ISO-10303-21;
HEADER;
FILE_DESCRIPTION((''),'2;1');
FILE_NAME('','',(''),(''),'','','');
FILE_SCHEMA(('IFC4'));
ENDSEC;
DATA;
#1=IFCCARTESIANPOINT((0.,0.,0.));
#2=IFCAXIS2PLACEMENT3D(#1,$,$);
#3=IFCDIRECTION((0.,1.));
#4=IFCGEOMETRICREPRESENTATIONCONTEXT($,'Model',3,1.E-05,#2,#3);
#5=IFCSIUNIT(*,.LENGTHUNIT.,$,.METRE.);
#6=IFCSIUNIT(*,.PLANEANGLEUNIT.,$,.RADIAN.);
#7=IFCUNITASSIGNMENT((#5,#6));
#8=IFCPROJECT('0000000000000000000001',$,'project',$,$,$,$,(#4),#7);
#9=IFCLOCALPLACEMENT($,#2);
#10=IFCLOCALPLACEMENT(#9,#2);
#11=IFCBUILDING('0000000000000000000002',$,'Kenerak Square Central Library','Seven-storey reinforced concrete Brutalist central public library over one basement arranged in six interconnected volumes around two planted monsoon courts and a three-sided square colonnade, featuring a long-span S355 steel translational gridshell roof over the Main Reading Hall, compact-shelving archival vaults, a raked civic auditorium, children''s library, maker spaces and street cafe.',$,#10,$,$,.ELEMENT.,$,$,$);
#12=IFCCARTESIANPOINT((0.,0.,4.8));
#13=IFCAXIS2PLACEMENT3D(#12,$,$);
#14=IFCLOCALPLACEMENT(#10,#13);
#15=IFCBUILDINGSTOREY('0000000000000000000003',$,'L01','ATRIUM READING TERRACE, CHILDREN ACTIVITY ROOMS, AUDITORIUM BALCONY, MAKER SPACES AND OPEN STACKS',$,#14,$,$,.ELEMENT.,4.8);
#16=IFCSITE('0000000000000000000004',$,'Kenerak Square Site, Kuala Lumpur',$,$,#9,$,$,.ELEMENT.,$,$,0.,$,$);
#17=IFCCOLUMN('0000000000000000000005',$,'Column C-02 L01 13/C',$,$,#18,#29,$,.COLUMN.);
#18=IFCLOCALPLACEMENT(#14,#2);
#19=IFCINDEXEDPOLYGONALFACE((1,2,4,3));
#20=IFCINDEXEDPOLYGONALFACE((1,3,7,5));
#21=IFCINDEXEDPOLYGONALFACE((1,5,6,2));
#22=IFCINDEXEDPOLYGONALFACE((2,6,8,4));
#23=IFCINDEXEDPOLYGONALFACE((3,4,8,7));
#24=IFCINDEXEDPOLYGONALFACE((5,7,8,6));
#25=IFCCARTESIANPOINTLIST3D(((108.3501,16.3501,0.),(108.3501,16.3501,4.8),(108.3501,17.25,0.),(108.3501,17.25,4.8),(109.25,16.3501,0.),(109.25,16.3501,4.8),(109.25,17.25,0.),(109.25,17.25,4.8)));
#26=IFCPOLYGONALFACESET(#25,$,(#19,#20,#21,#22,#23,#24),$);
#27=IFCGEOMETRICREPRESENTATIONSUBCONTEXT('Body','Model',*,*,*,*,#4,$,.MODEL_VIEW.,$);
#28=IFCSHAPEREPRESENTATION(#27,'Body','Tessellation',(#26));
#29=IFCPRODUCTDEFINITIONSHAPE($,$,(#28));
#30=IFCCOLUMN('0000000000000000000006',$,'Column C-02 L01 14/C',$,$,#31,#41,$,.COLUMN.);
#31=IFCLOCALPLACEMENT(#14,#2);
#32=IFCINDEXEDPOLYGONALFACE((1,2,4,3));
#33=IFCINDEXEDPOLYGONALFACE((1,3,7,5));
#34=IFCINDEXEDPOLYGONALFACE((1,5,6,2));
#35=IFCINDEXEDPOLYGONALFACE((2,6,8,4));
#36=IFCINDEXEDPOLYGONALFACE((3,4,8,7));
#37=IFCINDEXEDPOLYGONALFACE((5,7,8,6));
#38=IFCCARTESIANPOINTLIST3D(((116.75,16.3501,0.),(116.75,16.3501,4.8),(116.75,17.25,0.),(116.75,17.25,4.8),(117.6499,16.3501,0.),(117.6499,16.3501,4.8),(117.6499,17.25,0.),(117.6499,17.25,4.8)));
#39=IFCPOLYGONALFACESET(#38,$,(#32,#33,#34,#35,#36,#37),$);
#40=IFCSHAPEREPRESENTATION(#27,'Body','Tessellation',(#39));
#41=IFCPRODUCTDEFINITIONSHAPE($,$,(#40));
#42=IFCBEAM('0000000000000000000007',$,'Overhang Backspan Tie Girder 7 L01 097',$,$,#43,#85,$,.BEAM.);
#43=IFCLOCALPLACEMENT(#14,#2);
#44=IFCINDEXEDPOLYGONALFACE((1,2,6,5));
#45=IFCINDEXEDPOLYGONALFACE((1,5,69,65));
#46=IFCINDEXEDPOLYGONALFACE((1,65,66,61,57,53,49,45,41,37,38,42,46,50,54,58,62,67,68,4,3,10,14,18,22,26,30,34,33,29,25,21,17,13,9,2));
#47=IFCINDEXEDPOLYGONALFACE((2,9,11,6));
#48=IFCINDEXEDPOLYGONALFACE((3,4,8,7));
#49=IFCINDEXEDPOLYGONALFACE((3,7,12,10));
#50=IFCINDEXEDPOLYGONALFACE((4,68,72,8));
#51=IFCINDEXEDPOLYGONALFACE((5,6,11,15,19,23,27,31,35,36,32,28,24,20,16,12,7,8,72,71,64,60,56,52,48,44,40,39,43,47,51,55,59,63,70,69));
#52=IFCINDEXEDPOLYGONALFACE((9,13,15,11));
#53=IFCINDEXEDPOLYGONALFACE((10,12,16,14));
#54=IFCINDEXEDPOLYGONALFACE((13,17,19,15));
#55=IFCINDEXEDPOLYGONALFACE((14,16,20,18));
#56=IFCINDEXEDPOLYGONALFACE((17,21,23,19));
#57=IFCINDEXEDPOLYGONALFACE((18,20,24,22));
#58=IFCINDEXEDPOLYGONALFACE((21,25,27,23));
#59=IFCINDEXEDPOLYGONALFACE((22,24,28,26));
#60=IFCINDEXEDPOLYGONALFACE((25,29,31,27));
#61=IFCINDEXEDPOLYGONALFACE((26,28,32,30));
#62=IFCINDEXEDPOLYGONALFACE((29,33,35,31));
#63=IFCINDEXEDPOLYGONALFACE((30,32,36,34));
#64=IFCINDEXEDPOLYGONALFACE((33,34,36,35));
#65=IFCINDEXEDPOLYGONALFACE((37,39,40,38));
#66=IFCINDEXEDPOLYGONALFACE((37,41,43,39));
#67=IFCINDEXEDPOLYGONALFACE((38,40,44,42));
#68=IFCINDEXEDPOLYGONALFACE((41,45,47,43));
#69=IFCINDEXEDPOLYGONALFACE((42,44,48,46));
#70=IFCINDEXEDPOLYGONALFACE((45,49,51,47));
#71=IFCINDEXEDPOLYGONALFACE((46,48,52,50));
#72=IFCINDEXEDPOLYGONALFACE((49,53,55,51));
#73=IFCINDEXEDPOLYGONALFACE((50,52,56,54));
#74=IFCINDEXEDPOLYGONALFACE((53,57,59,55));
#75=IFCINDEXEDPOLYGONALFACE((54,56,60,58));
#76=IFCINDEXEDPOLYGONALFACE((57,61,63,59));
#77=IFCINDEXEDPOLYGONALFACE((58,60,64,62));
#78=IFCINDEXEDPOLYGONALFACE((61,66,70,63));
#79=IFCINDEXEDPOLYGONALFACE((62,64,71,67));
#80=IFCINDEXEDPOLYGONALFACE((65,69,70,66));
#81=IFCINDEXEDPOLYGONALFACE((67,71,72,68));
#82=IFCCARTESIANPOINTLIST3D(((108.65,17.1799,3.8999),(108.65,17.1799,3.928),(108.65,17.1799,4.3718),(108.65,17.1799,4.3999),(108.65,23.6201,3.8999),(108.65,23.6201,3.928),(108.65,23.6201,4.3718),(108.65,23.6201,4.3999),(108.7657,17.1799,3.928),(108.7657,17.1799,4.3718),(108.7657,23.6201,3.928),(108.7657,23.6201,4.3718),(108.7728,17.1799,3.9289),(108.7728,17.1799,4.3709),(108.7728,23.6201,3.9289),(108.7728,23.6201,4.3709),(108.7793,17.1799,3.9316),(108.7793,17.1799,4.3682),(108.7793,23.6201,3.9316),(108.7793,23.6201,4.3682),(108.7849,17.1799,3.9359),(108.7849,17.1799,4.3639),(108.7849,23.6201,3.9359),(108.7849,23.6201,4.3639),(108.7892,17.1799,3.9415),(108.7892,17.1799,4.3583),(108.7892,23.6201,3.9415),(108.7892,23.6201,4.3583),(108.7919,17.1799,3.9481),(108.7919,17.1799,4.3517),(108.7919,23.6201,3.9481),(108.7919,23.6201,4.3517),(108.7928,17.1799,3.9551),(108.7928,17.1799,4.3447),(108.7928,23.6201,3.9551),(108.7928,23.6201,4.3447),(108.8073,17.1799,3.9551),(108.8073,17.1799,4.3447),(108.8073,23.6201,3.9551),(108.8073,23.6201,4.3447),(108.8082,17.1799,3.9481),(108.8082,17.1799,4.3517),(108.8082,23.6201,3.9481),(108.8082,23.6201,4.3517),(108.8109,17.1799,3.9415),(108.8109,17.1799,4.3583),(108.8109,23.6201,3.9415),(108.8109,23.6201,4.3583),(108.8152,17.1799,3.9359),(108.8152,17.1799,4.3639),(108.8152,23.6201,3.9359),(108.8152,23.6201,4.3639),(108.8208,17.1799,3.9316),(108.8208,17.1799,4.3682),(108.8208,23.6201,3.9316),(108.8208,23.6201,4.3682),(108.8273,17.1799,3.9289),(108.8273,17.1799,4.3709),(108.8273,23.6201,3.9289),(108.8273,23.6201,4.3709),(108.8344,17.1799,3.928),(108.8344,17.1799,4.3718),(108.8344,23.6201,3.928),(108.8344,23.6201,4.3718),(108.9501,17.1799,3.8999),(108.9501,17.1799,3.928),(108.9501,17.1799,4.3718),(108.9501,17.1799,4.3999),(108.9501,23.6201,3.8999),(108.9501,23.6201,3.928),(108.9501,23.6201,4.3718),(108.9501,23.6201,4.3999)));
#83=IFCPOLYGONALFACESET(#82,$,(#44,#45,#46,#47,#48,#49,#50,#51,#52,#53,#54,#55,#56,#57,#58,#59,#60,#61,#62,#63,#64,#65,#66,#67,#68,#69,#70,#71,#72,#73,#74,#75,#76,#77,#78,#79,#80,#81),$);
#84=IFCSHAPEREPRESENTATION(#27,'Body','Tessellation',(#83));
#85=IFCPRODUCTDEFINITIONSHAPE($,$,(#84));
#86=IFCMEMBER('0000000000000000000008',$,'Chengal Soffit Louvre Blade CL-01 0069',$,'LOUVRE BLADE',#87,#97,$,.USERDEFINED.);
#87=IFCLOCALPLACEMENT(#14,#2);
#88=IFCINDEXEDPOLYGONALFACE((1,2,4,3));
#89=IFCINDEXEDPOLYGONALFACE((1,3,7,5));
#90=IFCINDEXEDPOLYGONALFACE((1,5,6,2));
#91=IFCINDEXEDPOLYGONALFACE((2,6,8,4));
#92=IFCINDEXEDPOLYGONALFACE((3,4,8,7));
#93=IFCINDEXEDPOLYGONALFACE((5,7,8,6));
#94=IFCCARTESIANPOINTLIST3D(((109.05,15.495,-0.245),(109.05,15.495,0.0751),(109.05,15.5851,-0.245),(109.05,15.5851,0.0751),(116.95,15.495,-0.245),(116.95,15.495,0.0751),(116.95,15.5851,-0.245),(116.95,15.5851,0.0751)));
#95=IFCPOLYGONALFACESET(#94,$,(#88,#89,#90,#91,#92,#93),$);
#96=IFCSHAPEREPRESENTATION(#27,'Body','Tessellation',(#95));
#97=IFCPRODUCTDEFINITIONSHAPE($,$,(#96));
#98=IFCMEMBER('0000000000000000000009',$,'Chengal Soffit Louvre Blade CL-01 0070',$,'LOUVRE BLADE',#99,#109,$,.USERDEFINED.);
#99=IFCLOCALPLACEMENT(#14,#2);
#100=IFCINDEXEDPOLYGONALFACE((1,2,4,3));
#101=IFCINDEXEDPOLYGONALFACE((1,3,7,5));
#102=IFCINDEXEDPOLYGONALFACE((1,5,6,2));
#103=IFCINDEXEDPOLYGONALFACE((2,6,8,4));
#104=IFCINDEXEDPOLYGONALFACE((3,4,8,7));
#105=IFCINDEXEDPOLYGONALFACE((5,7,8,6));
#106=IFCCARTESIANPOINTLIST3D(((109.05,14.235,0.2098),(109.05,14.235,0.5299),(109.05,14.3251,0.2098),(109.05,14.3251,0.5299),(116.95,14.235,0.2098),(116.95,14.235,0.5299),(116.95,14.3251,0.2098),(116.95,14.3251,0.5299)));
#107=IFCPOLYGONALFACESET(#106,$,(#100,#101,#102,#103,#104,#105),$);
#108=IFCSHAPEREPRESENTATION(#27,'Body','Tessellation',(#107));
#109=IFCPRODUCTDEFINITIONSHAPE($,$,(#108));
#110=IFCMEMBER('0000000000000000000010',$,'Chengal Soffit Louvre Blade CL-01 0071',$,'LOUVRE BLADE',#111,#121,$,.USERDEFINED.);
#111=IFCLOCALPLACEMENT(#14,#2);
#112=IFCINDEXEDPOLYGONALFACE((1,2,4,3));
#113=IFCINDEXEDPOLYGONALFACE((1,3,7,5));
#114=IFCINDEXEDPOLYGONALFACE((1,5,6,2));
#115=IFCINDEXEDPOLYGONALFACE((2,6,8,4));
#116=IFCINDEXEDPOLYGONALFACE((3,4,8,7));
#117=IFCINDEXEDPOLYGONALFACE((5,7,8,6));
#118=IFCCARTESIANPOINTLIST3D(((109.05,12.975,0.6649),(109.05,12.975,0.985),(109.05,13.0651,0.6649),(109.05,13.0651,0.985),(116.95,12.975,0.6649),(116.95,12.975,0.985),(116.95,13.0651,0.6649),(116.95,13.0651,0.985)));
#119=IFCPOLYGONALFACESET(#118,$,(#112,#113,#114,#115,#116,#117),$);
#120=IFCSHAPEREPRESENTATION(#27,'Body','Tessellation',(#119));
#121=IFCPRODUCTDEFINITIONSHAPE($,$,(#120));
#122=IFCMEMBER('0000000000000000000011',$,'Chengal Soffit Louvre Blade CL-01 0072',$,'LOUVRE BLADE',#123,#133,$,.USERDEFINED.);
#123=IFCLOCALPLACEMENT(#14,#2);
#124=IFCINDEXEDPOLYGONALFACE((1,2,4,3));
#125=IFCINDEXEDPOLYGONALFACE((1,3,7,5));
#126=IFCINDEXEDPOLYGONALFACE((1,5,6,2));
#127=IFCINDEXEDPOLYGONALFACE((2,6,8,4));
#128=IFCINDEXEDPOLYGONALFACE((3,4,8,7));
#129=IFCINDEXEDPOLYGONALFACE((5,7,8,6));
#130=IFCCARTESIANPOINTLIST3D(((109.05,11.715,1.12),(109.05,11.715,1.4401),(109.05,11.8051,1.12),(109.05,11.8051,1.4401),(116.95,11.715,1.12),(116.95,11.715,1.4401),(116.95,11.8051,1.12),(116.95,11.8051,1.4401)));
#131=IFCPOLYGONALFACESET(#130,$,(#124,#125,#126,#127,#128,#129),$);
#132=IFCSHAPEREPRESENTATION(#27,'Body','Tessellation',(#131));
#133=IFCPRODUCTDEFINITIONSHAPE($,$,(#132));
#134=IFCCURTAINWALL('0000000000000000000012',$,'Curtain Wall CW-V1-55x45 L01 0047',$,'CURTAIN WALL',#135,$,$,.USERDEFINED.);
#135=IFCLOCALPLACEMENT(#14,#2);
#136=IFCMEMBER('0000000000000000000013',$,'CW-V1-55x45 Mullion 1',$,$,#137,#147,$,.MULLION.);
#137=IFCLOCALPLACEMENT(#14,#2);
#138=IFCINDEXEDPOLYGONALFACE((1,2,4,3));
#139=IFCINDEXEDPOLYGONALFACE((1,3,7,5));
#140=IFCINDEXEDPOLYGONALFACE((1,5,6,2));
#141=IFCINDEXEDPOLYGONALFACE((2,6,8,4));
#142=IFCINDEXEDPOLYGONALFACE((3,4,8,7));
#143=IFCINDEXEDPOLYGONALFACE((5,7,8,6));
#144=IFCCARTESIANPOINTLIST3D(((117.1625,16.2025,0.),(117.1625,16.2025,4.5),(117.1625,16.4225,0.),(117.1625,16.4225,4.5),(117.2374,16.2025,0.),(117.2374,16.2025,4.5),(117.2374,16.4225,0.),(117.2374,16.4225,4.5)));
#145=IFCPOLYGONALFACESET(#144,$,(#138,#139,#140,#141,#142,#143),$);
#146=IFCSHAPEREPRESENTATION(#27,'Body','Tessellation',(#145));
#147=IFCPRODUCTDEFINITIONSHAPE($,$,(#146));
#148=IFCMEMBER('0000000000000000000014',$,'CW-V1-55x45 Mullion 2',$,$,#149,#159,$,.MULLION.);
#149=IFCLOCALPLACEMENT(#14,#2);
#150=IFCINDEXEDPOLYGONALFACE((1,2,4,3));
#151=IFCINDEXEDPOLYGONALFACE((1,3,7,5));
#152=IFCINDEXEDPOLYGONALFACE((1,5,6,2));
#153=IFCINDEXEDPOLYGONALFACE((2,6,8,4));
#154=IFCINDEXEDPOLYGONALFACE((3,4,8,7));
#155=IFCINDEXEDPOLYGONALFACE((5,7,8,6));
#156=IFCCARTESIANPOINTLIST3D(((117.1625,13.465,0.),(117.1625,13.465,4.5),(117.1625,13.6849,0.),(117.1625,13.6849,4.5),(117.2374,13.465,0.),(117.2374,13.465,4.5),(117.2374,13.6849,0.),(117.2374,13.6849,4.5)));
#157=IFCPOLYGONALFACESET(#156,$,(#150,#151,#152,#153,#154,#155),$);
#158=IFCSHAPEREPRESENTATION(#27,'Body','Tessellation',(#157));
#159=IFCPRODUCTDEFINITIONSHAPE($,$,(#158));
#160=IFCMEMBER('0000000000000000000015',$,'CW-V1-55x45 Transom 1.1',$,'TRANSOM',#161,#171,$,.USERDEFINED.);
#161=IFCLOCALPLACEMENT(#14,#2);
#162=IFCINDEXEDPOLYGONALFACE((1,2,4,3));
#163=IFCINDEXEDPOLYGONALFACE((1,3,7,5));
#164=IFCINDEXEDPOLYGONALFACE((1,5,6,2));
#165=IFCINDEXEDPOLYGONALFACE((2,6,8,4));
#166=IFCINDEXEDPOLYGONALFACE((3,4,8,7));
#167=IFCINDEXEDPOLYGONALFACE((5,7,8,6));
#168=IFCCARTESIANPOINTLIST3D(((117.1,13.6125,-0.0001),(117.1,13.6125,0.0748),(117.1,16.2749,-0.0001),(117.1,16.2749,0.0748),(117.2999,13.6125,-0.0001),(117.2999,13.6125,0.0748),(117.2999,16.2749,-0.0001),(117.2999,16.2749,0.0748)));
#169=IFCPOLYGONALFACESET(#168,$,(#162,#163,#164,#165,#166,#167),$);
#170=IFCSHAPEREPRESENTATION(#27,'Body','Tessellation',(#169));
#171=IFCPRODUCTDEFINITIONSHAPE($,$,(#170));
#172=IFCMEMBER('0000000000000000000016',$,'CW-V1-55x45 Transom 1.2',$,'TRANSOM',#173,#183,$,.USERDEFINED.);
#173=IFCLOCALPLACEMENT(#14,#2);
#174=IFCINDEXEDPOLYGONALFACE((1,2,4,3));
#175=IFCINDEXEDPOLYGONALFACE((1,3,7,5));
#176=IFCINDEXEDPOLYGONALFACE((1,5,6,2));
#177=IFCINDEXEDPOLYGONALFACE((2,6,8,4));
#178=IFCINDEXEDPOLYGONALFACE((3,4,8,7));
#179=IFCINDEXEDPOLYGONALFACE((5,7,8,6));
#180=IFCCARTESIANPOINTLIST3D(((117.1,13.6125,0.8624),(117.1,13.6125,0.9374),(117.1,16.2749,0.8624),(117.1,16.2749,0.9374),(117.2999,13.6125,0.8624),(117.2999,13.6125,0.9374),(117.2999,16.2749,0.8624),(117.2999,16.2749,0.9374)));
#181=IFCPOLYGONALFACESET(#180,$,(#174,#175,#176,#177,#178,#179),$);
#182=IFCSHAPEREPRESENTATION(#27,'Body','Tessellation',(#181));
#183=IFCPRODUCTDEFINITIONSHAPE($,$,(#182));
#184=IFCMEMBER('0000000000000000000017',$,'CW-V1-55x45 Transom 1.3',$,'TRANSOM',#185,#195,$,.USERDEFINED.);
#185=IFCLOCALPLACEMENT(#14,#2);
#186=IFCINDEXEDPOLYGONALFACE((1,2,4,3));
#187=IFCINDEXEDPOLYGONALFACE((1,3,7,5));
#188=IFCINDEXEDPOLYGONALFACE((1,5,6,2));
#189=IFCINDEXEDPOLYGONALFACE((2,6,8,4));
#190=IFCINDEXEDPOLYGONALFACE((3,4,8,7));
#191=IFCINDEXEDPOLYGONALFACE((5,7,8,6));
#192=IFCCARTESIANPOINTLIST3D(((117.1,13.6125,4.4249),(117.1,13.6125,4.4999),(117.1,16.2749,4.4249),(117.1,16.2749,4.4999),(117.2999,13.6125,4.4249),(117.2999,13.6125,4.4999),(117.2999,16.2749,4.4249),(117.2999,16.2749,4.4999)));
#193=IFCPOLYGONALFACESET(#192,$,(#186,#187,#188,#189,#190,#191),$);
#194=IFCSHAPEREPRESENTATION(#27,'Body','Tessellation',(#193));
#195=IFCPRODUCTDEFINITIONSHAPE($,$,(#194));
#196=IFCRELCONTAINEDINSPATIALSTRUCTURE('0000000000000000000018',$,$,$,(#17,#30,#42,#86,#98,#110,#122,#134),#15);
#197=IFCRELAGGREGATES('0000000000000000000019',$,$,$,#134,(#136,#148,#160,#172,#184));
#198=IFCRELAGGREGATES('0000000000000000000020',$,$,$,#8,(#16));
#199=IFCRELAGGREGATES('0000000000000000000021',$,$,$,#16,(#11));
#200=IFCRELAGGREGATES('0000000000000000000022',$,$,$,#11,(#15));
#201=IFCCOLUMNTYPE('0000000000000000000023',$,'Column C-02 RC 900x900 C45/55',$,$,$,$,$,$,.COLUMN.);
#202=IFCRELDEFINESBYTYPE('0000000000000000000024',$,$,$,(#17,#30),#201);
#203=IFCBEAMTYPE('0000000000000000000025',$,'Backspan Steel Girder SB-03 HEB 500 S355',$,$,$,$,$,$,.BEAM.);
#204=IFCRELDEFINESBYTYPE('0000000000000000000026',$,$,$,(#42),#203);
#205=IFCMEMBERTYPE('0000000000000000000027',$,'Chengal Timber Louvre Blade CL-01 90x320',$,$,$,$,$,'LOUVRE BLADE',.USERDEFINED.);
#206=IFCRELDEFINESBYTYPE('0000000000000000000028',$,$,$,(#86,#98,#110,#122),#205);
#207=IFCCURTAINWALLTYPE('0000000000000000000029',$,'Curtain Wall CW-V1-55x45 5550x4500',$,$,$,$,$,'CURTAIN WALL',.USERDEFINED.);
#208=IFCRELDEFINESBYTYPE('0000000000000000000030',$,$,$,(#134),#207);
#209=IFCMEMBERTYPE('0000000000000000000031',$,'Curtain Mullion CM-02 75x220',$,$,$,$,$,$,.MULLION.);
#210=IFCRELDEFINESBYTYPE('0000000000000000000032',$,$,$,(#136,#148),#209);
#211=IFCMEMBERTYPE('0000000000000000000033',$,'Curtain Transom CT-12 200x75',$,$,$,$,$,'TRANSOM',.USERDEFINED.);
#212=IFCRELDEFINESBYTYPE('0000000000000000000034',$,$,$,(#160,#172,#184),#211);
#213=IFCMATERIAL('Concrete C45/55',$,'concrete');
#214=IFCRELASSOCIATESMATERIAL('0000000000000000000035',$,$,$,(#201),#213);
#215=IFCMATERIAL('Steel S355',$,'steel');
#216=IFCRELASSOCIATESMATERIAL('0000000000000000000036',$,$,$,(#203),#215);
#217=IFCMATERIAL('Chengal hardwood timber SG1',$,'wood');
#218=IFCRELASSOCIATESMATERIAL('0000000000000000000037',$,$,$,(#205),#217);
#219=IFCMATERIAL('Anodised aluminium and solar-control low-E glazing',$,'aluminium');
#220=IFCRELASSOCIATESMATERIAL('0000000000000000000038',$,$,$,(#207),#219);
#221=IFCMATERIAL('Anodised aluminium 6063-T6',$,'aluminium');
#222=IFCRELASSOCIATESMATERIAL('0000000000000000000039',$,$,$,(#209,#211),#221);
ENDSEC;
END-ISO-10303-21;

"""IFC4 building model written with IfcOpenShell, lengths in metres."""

from ifc_helpers import new_model, si_unit, direction, frame, origin, origin_2d, place, context, subcontext, project, spatial, rectangle, i_section, extrude, material, material_profile, profile_set, type_object, element, aggregate, save


model = new_model("IFC4")

# Units and contexts
model_context = context("Model", 3, precision=1e-05, world=origin(), true_north=direction((0.0, 1.0)))
body_context = subcontext(model_context, "Body", "Model", "MODEL_VIEW")
ifc_project = project(units=[si_unit("LENGTHUNIT", "METRE"), si_unit("PLANEANGLEUNIT", "RADIAN")], contexts=[model_context])

# Site, building, storey
site_placement = place(None, origin())
site = spatial("IfcSite", under=ifc_project, at=site_placement, Name="Kenerak Square Site, Kuala Lumpur", CompositionType="ELEMENT", RefElevation=0.0)
building_placement = place(site_placement, origin())
building = spatial("IfcBuilding", under=site, at=building_placement, Name="Kenerak Square Central Library", Description="Seven-storey reinforced concrete Brutalist central public library over one basement arranged in six interconnected volumes around two planted monsoon courts and a three-sided square colonnade, featuring a long-span S355 steel translational gridshell roof over the Main Reading Hall, compact-shelving archival vaults, a raked civic auditorium, children's library, maker spaces and street cafe.", CompositionType="ELEMENT")
storey_placement = place(building_placement, frame((0.0, 0.0, 4.8)))
storey = spatial("IfcBuildingStorey", under=building, at=storey_placement, Name="L01", Description="ATRIUM READING TERRACE, CHILDREN ACTIVITY ROOMS, AUDITORIUM BALCONY, MAKER SPACES AND OPEN STACKS", CompositionType="ELEMENT", Elevation=4.8)

# Columns
ifc_material_1 = material(Name="Concrete C45/55", Category="concrete")
ifc_material_profile_1 = material_profile(ifc_material_1, rectangle(XDim=0.8999, YDim=0.8999, at=origin_2d()), Name="RC 900x900")
ifc_profile_set_1 = profile_set([ifc_material_profile_1], Name="Concrete C45/55")
column_type = type_object("IfcColumnType", Name="Column C-02 RC 900x900 C45/55", PredefinedType="COLUMN", material=ifc_profile_set_1)
for number, where, z_axis, x_axis, name in (
    (1, (108.8, 16.8, 0.0), (0.0, 0.0, 1.0), (1.0, 0.0, 0.0), "Column C-02 L01 13/C"),
    (2, (117.2, 16.8, 0.0), (0.0, 0.0, 1.0), (1.0, 0.0, 0.0), "Column C-02 L01 14/C"),
):
    element("IfcColumn", number, at=place(storey_placement, frame(where, z_axis=z_axis, x_axis=x_axis)), inside=storey, type_object=column_type, Name=name, PredefinedType="COLUMN", context=body_context, shape_type="SweptSolid", body=[
        extrude(rectangle(XDim=0.8999, YDim=0.8999, at=origin_2d()), origin(), (0.0, 0.0, 1.0), 4.8),
    ])

# Beam
ifc_material_2 = material(Name="Steel S355", Category="steel")
ifc_material_profile_2 = material_profile(ifc_material_2, i_section(OverallWidth=0.3, OverallDepth=0.5, WebThickness=0.0144, FlangeThickness=0.0281, FilletRadius=0.0271, at=origin_2d()), Name="HEB 500")
ifc_profile_set_2 = profile_set([ifc_material_profile_2], Name="Steel S355")
beam_type_1 = type_object("IfcBeamType", Name="Backspan Steel Girder SB-03 HEB 500 S355", PredefinedType="BEAM", material=ifc_profile_set_2)
beam_1_placement = place(storey_placement, frame((108.8, 17.1799, 4.1499), z_axis=(0.0, 1.0, 0.0), x_axis=(-1.0, 0.0, 0.0)))
element("IfcBeam", 3, at=beam_1_placement, inside=storey, type_object=beam_type_1, Name="Overhang Backspan Tie Girder 7 L01 097", PredefinedType="BEAM", context=body_context, shape_type="SweptSolid", body=[
    extrude(i_section(OverallWidth=0.3, OverallDepth=0.5, WebThickness=0.0144, FlangeThickness=0.0281, FilletRadius=0.0271, at=origin_2d()), origin(), (0.0, 0.0, 1.0), 6.4402),
])

# Members
ifc_material_3 = material(Name="Chengal hardwood timber SG1", Category="wood")
ifc_material_profile_3 = material_profile(ifc_material_3, rectangle(XDim=0.0901, YDim=0.3201, at=origin_2d()), Name="CHENGAL 90x320")
ifc_profile_set_3 = profile_set([ifc_material_profile_3], Name="Chengal hardwood timber SG1")
member_type_1 = type_object("IfcMemberType", Name="Chengal Timber Louvre Blade CL-01 90x320", ElementType="LOUVRE BLADE", PredefinedType="USERDEFINED", material=ifc_profile_set_3)
for number, where, z_axis, x_axis, name in (
    (4, (109.05, 15.54, -0.085), (1.0, 0.0, 0.0), (0.0, 1.0, 0.0), "Chengal Soffit Louvre Blade CL-01 0069"),
    (5, (109.05, 14.28, 0.3699), (1.0, 0.0, 0.0), (0.0, 1.0, 0.0), "Chengal Soffit Louvre Blade CL-01 0070"),
    (6, (109.05, 13.02, 0.825), (1.0, 0.0, 0.0), (0.0, 1.0, 0.0), "Chengal Soffit Louvre Blade CL-01 0071"),
    (7, (109.05, 11.76, 1.28), (1.0, 0.0, 0.0), (0.0, 1.0, 0.0), "Chengal Soffit Louvre Blade CL-01 0072"),
):
    element("IfcMember", number, at=place(storey_placement, frame(where, z_axis=z_axis, x_axis=x_axis)), inside=storey, type_object=member_type_1, Name=name, ObjectType="LOUVRE BLADE", PredefinedType="USERDEFINED", context=body_context, shape_type="SweptSolid", body=[
        extrude(rectangle(XDim=0.0901, YDim=0.3201, at=origin_2d()), origin(), (0.0, 0.0, 1.0), 7.8999),
    ])

# Curtain wall, members
ifc_material_4 = material(Name="Anodised aluminium and solar-control low-E glazing", Category="aluminium")
curtain_wall_type = type_object("IfcCurtainWallType", Name="Curtain Wall CW-V1-55x45 5550x4500", ElementType="CURTAIN WALL", PredefinedType="USERDEFINED", material=ifc_material_4)
curtain_wall_placement = place(storey_placement, origin())
curtain_wall = element("IfcCurtainWall", 8, at=curtain_wall_placement, inside=storey, type_object=curtain_wall_type, Name="Curtain Wall CW-V1-55x45 L01 0047", ObjectType="CURTAIN WALL", PredefinedType="USERDEFINED")
ifc_material_5 = material(Name="Anodised aluminium 6063-T6", Category="aluminium")
ifc_material_profile_4 = material_profile(ifc_material_5, rectangle(XDim=0.075, YDim=0.22, at=origin_2d()), Name="AL MULLION 75x220")
ifc_profile_set_4 = profile_set([ifc_material_profile_4], Name="Anodised aluminium 6063-T6")
member_type_2 = type_object("IfcMemberType", Name="Curtain Mullion CM-02 75x220", PredefinedType="MULLION", material=ifc_profile_set_4)
member_1_placement = place(storey_placement, frame((117.2, 16.3125, 0.0), z_axis=(0.0, 0.0, 1.0), x_axis=(1.0, 0.0, 0.0)))
member_1 = element("IfcMember", 9, at=member_1_placement, type_object=member_type_2, Name="CW-V1-55x45 Mullion 1", PredefinedType="MULLION", context=body_context, shape_type="SweptSolid", body=[
    extrude(rectangle(XDim=0.075, YDim=0.22, at=origin_2d()), origin(), (0.0, 0.0, 1.0), 4.5),
])
member_2_placement = place(storey_placement, frame((117.2, 13.575, 0.0), z_axis=(0.0, 0.0, 1.0), x_axis=(1.0, 0.0, 0.0)))
member_2 = element("IfcMember", 10, at=member_2_placement, type_object=member_type_2, Name="CW-V1-55x45 Mullion 2", PredefinedType="MULLION", context=body_context, shape_type="SweptSolid", body=[
    extrude(rectangle(XDim=0.075, YDim=0.22, at=origin_2d()), origin(), (0.0, 0.0, 1.0), 4.5),
])
ifc_material_profile_5 = material_profile(ifc_material_5, rectangle(XDim=0.2, YDim=0.075, at=origin_2d()), Name="AL TRANSOM 200x75")
ifc_profile_set_5 = profile_set([ifc_material_profile_5], Name="Anodised aluminium 6063-T6")
member_type_3 = type_object("IfcMemberType", Name="Curtain Transom CT-12 200x75", ElementType="TRANSOM", PredefinedType="USERDEFINED", material=ifc_profile_set_5)
member_3_placement = place(storey_placement, frame((117.2, 16.2749, 0.0374), z_axis=(0.0, -1.0, 0.0), x_axis=(1.0, 0.0, 0.0)))
member_3 = element("IfcMember", 11, at=member_3_placement, type_object=member_type_3, Name="CW-V1-55x45 Transom 1.1", ObjectType="TRANSOM", PredefinedType="USERDEFINED", context=body_context, shape_type="SweptSolid", body=[
    extrude(rectangle(XDim=0.2, YDim=0.075, at=origin_2d()), origin(), (0.0, 0.0, 1.0), 2.6624),
])
member_4_placement = place(storey_placement, frame((117.2, 16.2749, 0.8999), z_axis=(0.0, -1.0, 0.0), x_axis=(1.0, 0.0, 0.0)))
member_4 = element("IfcMember", 12, at=member_4_placement, type_object=member_type_3, Name="CW-V1-55x45 Transom 1.2", ObjectType="TRANSOM", PredefinedType="USERDEFINED", context=body_context, shape_type="SweptSolid", body=[
    extrude(rectangle(XDim=0.2, YDim=0.075, at=origin_2d()), origin(), (0.0, 0.0, 1.0), 2.6624),
])
member_5_placement = place(storey_placement, frame((117.2, 16.2749, 4.4624), z_axis=(0.0, -1.0, 0.0), x_axis=(1.0, 0.0, 0.0)))
member_5 = element("IfcMember", 13, at=member_5_placement, type_object=member_type_3, Name="CW-V1-55x45 Transom 1.3", ObjectType="TRANSOM", PredefinedType="USERDEFINED", context=body_context, shape_type="SweptSolid", body=[
    extrude(rectangle(XDim=0.2, YDim=0.075, at=origin_2d()), origin(), (0.0, 0.0, 1.0), 2.6624),
])

aggregate(curtain_wall, [member_1, member_2, member_3, member_4, member_5])

save(model, "model.ifc")
